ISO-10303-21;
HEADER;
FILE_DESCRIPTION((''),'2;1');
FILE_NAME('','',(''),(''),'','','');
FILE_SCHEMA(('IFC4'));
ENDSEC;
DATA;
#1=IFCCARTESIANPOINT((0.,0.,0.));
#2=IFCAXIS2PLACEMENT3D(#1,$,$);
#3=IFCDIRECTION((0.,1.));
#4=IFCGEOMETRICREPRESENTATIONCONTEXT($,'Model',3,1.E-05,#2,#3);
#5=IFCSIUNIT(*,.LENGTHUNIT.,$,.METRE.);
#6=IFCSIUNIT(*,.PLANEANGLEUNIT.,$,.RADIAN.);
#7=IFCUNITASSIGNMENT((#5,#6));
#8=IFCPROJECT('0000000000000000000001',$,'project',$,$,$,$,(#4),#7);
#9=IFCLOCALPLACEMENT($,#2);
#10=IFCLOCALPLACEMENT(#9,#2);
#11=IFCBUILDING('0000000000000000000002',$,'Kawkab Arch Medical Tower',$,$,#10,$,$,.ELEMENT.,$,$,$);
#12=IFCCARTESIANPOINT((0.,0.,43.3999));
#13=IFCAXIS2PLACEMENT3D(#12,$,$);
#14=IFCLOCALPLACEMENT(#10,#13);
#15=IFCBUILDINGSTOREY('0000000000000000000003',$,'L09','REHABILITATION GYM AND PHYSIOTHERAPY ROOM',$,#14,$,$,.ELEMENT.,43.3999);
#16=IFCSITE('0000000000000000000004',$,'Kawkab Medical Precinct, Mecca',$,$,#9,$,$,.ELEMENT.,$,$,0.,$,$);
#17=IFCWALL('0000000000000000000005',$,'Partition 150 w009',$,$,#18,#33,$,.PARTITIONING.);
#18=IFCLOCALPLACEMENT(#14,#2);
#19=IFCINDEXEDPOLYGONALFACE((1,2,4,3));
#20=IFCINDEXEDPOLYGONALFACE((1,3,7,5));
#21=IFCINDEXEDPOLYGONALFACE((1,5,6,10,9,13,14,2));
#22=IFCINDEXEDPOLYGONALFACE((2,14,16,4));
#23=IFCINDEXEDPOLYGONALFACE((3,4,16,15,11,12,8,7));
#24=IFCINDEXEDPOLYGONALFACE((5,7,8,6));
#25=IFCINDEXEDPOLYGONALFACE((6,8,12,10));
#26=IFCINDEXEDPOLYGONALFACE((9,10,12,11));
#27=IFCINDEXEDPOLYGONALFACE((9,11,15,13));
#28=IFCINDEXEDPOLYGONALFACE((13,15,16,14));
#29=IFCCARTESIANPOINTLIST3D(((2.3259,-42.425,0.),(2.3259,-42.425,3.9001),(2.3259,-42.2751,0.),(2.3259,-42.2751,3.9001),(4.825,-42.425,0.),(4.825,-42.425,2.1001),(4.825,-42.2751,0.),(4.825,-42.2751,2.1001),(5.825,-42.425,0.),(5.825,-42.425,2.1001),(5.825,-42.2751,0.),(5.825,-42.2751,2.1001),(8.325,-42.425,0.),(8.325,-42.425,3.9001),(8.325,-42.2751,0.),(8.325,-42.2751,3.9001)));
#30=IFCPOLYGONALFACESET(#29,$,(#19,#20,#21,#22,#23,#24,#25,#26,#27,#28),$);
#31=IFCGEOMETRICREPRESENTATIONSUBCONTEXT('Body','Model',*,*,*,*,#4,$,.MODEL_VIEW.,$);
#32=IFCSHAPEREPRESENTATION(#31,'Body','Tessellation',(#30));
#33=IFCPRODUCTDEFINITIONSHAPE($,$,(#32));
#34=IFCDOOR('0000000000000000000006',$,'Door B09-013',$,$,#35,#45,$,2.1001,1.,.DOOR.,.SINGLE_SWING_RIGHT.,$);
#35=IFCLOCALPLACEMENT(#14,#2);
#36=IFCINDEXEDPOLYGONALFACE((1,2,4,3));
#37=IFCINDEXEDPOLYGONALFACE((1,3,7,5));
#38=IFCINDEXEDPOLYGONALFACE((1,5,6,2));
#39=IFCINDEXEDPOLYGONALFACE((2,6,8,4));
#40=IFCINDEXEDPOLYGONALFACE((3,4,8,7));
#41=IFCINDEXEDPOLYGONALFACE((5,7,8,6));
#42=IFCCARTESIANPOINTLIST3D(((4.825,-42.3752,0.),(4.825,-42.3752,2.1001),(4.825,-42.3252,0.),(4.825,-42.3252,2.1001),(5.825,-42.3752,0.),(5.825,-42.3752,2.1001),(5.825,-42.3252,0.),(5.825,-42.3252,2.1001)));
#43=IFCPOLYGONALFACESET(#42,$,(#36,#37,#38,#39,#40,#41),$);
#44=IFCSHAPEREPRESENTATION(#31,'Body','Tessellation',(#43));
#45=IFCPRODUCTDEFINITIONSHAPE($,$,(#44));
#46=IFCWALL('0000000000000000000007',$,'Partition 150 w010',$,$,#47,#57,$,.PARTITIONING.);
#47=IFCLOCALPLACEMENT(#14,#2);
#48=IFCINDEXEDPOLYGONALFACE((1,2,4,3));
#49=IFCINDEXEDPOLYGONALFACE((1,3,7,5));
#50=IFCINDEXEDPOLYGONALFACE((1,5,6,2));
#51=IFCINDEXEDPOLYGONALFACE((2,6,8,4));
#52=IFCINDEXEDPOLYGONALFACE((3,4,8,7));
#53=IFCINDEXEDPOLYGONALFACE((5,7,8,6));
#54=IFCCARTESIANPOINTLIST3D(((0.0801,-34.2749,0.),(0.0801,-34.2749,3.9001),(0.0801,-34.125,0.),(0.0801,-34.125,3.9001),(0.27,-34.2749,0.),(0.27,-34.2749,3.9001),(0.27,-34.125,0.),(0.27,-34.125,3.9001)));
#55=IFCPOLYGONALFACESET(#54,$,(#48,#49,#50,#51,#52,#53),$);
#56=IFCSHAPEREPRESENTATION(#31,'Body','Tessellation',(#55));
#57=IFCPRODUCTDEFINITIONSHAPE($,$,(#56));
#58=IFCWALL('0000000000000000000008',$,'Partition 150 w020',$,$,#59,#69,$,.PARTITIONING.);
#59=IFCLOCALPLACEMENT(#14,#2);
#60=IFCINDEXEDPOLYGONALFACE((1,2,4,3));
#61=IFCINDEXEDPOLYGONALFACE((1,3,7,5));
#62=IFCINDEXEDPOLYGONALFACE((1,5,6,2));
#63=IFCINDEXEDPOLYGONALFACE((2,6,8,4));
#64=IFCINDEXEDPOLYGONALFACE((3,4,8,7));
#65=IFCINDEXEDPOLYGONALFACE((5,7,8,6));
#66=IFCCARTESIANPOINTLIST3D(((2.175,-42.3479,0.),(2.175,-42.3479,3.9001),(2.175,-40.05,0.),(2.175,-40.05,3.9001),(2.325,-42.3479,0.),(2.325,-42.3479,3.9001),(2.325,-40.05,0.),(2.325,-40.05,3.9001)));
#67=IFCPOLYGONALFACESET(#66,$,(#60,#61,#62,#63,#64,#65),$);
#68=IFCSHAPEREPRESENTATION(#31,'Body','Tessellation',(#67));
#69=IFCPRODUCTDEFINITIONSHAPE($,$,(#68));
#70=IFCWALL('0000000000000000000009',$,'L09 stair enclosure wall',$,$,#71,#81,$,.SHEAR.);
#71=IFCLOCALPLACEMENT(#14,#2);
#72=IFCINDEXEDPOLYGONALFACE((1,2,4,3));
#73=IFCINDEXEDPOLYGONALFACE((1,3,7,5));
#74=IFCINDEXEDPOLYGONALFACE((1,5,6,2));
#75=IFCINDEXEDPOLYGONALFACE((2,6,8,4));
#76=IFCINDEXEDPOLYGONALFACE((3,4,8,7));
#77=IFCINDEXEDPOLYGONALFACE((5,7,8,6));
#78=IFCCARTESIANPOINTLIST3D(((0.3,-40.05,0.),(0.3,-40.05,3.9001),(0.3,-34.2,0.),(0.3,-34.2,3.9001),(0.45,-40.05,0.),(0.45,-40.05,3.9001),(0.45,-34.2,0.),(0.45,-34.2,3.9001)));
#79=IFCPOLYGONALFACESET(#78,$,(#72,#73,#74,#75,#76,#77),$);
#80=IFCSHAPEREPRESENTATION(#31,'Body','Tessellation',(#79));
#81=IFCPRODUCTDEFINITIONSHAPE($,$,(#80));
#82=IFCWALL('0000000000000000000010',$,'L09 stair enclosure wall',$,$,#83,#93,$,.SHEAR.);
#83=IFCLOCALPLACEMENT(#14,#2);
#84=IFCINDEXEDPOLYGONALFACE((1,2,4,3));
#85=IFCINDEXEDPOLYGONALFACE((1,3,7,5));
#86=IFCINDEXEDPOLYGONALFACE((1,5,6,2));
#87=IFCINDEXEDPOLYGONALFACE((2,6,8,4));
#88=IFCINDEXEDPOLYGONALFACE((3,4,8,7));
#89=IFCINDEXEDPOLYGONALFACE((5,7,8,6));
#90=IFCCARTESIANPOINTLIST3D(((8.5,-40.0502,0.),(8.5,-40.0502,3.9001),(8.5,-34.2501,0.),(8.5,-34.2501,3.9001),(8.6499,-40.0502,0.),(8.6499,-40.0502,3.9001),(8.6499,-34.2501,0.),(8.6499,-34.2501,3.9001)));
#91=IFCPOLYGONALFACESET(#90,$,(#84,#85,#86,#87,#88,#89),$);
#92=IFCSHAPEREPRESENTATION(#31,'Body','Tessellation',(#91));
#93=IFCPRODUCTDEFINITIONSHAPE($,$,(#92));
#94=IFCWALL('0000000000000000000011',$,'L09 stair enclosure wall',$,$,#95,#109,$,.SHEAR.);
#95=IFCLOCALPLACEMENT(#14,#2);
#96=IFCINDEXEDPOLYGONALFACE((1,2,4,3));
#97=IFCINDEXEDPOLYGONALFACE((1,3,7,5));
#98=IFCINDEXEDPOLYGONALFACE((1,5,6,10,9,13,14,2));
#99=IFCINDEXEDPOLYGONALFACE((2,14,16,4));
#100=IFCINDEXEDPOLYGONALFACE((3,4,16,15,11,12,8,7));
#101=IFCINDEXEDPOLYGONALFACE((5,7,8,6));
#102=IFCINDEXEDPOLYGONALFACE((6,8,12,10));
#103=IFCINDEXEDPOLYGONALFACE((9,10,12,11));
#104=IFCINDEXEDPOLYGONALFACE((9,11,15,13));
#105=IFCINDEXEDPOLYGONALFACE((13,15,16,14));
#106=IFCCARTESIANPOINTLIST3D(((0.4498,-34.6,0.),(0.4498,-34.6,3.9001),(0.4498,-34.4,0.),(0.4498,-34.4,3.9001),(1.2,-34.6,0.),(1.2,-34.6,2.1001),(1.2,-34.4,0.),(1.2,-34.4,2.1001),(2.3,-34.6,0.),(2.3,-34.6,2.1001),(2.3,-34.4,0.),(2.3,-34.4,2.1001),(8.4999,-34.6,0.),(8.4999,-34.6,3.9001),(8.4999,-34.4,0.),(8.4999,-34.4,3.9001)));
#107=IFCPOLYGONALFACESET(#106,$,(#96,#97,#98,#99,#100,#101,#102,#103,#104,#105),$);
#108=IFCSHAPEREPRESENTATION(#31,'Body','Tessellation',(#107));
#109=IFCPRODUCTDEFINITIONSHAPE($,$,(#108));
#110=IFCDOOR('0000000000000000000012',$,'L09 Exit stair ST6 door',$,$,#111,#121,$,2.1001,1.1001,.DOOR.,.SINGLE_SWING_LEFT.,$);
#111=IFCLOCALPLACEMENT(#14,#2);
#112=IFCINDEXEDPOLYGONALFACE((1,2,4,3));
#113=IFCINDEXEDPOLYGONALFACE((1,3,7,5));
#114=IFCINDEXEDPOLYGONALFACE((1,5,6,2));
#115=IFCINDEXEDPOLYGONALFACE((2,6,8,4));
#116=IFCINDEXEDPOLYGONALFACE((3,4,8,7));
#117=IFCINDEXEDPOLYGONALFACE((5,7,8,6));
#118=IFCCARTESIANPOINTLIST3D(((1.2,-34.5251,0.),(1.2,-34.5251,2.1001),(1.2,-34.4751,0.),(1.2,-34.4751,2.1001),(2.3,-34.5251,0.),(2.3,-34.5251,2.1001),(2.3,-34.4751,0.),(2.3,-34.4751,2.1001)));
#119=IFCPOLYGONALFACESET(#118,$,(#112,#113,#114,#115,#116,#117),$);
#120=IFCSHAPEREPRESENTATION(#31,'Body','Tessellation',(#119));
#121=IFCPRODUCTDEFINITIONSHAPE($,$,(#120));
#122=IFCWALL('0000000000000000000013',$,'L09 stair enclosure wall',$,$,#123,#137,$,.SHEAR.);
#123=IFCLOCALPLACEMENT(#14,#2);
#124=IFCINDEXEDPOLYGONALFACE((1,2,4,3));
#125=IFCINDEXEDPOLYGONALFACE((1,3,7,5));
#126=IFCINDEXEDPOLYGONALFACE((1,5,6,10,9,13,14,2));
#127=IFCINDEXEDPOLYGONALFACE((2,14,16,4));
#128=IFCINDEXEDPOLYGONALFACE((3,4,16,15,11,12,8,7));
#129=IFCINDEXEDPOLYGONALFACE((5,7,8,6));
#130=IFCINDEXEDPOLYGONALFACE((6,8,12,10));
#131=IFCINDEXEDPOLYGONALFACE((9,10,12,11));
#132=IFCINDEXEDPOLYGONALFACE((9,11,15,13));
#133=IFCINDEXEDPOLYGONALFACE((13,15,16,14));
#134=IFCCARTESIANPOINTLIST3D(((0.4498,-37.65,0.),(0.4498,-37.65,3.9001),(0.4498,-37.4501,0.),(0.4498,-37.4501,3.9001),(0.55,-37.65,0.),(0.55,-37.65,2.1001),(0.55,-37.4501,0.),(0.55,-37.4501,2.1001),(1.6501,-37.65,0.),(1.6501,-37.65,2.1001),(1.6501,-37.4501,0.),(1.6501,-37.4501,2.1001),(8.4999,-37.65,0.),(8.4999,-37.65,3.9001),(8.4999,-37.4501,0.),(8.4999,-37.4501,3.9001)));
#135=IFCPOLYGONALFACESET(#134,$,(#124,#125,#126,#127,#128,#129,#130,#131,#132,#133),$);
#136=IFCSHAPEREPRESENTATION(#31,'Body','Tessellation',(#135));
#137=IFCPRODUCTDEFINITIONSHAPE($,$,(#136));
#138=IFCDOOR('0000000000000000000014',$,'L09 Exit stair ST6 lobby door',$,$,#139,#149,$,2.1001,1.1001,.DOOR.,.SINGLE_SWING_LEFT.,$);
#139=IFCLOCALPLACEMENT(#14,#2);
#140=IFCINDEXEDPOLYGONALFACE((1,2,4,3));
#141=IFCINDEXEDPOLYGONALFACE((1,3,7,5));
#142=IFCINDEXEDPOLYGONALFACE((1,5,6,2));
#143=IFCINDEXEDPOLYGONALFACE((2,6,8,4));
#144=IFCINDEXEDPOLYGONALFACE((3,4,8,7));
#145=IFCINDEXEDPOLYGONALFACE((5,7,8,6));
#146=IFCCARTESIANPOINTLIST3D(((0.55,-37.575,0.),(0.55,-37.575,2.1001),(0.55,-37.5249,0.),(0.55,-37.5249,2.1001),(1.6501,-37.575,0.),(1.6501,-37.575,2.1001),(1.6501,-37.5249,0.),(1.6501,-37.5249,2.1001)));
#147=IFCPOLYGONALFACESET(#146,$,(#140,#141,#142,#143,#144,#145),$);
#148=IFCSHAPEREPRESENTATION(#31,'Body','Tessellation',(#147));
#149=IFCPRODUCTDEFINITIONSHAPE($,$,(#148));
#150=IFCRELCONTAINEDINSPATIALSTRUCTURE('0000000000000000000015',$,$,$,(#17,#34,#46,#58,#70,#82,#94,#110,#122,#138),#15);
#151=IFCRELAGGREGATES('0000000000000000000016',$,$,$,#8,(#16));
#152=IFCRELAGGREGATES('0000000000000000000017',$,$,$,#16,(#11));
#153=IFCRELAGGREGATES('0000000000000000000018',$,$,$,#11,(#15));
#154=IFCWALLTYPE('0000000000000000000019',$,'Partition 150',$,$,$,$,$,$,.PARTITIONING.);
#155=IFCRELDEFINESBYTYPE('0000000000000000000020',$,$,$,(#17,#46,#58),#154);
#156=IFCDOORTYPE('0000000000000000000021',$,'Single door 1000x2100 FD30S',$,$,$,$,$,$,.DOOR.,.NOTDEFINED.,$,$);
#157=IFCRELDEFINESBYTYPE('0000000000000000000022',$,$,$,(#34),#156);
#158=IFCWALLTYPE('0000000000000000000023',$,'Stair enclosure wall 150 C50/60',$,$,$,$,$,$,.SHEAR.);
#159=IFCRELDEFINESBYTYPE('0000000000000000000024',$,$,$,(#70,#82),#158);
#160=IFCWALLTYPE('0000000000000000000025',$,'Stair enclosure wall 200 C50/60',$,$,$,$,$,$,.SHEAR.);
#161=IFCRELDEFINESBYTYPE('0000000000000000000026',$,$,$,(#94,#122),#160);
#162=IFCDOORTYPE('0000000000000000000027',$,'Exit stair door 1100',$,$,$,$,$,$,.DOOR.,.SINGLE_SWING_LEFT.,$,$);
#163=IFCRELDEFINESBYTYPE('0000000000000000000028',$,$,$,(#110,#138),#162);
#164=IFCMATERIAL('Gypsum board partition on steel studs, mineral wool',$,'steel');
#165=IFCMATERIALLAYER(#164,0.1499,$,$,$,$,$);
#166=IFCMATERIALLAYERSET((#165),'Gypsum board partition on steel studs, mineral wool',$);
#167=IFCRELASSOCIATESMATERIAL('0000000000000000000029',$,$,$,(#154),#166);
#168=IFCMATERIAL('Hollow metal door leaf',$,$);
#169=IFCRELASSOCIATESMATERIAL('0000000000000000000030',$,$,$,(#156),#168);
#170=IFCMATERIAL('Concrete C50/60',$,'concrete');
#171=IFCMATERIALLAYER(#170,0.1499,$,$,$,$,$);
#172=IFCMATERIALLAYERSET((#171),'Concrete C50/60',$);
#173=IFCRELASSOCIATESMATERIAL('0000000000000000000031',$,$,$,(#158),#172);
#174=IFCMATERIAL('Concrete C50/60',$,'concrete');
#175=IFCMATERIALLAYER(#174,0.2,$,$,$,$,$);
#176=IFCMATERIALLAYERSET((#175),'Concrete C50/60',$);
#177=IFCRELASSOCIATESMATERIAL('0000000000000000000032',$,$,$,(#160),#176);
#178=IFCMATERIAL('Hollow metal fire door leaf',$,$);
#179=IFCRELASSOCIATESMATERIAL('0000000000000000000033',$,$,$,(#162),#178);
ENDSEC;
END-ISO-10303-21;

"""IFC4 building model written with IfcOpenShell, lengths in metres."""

from ifc_helpers import new_model, si_unit, direction, frame, frame_2d, origin, place, context, subcontext, project, spatial, rectangle, extrude, material, layer, layer_set, type_object, element, fill, save


model = new_model("IFC4")

# Units and contexts
model_context = context("Model", 3, precision=1e-05, world=origin(), true_north=direction((0.0, 1.0)))
body_context = subcontext(model_context, "Body", "Model", "MODEL_VIEW")
ifc_project = project(units=[si_unit("LENGTHUNIT", "METRE"), si_unit("PLANEANGLEUNIT", "RADIAN")], contexts=[model_context])

# Site, building, storey
site_placement = place(None, origin())
site = spatial("IfcSite", under=ifc_project, at=site_placement, Name="Kawkab Medical Precinct, Mecca", CompositionType="ELEMENT", RefElevation=0.0)
building_placement = place(site_placement, origin())
building = spatial("IfcBuilding", under=site, at=building_placement, Name="Kawkab Arch Medical Tower", CompositionType="ELEMENT")
storey_placement = place(building_placement, frame((0.0, 0.0, 43.3999)))
storey = spatial("IfcBuildingStorey", under=building, at=storey_placement, Name="L09", Description="REHABILITATION GYM AND PHYSIOTHERAPY ROOM", CompositionType="ELEMENT", Elevation=43.3999)

# Wall, opening, door
ifc_material_1 = material(Name="Gypsum board partition on steel studs, mineral wool", Category="steel")
ifc_layer_1 = layer(ifc_material_1, 0.1499)
ifc_layer_set_1 = layer_set([ifc_layer_1], Name="Gypsum board partition on steel studs, mineral wool")
wall_type_1 = type_object("IfcWallType", Name="Partition 150", PredefinedType="PARTITIONING", material=ifc_layer_set_1)
wall_1_placement = place(storey_placement, frame((2.3259, -42.3501, 0.0), z_axis=(0.0, 0.0, 1.0), x_axis=(1.0, 0.0, 0.0)))
wall_1 = element("IfcWall", 1, at=wall_1_placement, inside=storey, type_object=wall_type_1, Name="Partition 150 w009", PredefinedType="PARTITIONING", context=body_context, shape_type="SweptSolid", body=[
    extrude(rectangle(XDim=5.999, YDim=0.1499, at=frame_2d((2.9995, 0.0))), origin(), (0.0, 0.0, 1.0), 3.9001),
])
opening_1_placement = place(wall_1_placement, frame((2.499, 0.0, 0.0)))
opening_1 = element("IfcOpeningElement", 2, at=opening_1_placement, cuts=wall_1, PredefinedType="OPENING", context=body_context, shape_type="SweptSolid", body=[
    extrude(rectangle(XDim=1.0, YDim=2.1001, at=frame_2d((0.5, 1.05))), frame((0.0, 0.085, 0.0), z_axis=(0.0, -1.0, 0.0), x_axis=(1.0, 0.0, 0.0)), (0.0, 0.0, 1.0), 0.1699),
])
ifc_material_2 = material(Name="Hollow metal door leaf")
door_type_1 = type_object("IfcDoorType", Name="Single door 1000x2100 FD30S", OperationType="NOTDEFINED", PredefinedType="DOOR", material=ifc_material_2)
door_1_placement = place(opening_1_placement, origin())
door_1 = element("IfcDoor", 3, at=door_1_placement, inside=storey, type_object=door_type_1, Name="Door B09-013", OperationType="SINGLE_SWING_RIGHT", OverallHeight=2.1001, OverallWidth=1.0, PredefinedType="DOOR", context=body_context, shape_type="SweptSolid", body=[
    extrude(rectangle(XDim=1.0, YDim=2.1001, at=frame_2d((0.5, 1.05))), frame((0.0, 0.0249, 0.0), z_axis=(0.0, -1.0, 0.0), x_axis=(1.0, 0.0, 0.0)), (0.0, 0.0, 1.0), 0.05),
])
fill(opening_1, door_1)

# Walls
wall_2_placement = place(storey_placement, frame((0.0801, -34.2, 0.0), z_axis=(0.0, 0.0, 1.0), x_axis=(1.0, 0.0, 0.0)))
element("IfcWall", 4, at=wall_2_placement, inside=storey, type_object=wall_type_1, Name="Partition 150 w010", PredefinedType="PARTITIONING", context=body_context, shape_type="SweptSolid", body=[
    extrude(rectangle(XDim=0.1899, YDim=0.1499, at=frame_2d((0.095, 0.0))), origin(), (0.0, 0.0, 1.0), 3.9001),
])
wall_3_placement = place(storey_placement, frame((2.25, -42.3479, 0.0), z_axis=(0.0, 0.0, 1.0), x_axis=(0.0, 1.0, 0.0)))
element("IfcWall", 5, at=wall_3_placement, inside=storey, type_object=wall_type_1, Name="Partition 150 w020", PredefinedType="PARTITIONING", context=body_context, shape_type="SweptSolid", body=[
    extrude(rectangle(XDim=2.2979, YDim=0.1499, at=frame_2d((1.1489, 0.0))), origin(), (0.0, 0.0, 1.0), 3.9001),
])
ifc_material_3 = material(Name="Concrete C50/60", Category="concrete")
ifc_layer_2 = layer(ifc_material_3, 0.1499)
ifc_layer_set_2 = layer_set([ifc_layer_2], Name="Concrete C50/60")
wall_type_2 = type_object("IfcWallType", Name="Stair enclosure wall 150 C50/60", PredefinedType="SHEAR", material=ifc_layer_set_2)
wall_4_placement = place(storey_placement, frame((0.375, -40.05, 0.0), z_axis=(0.0, 0.0, 1.0), x_axis=(0.0, 1.0, 0.0)))
element("IfcWall", 6, at=wall_4_placement, inside=storey, type_object=wall_type_2, Name="L09 stair enclosure wall", PredefinedType="SHEAR", context=body_context, shape_type="SweptSolid", body=[
    extrude(rectangle(XDim=5.8501, YDim=0.1499, at=frame_2d((2.925, 0.0))), origin(), (0.0, 0.0, 1.0), 3.9001),
])
wall_5_placement = place(storey_placement, frame((8.575, -40.05, 0.0), z_axis=(0.0, 0.0, 1.0), x_axis=(0.0, 1.0, 0.0)))
element("IfcWall", 7, at=wall_5_placement, inside=storey, type_object=wall_type_2, Name="L09 stair enclosure wall", PredefinedType="SHEAR", context=body_context, shape_type="SweptSolid", body=[
    extrude(rectangle(XDim=5.8, YDim=0.1499, at=frame_2d((2.8999, 0.0))), origin(), (0.0, 0.0, 1.0), 3.9001),
])

# Walls, openings, doors
ifc_material_4 = material(Name="Concrete C50/60", Category="concrete")
ifc_layer_3 = layer(ifc_material_4, 0.2)
ifc_layer_set_3 = layer_set([ifc_layer_3], Name="Concrete C50/60")
wall_type_3 = type_object("IfcWallType", Name="Stair enclosure wall 200 C50/60", PredefinedType="SHEAR", material=ifc_layer_set_3)
wall_6_placement = place(storey_placement, frame((0.45, -34.5, 0.0), z_axis=(0.0, 0.0, 1.0), x_axis=(1.0, 0.0, 0.0)))
wall_6 = element("IfcWall", 8, at=wall_6_placement, inside=storey, type_object=wall_type_3, Name="L09 stair enclosure wall", PredefinedType="SHEAR", context=body_context, shape_type="SweptSolid", body=[
    extrude(rectangle(XDim=8.05, YDim=0.2, at=frame_2d((4.0249, 0.0))), origin(), (0.0, 0.0, 1.0), 3.9001),
])
opening_2_placement = place(wall_6_placement, frame((0.75, 0.0, 0.0)))
opening_2 = element("IfcOpeningElement", 9, at=opening_2_placement, cuts=wall_6, PredefinedType="OPENING", context=body_context, shape_type="SweptSolid", body=[
    extrude(rectangle(XDim=1.1001, YDim=2.1001, at=frame_2d((0.55, 1.05))), frame((0.0, 0.1099, 0.0), z_axis=(0.0, -1.0, 0.0), x_axis=(1.0, 0.0, 0.0)), (0.0, 0.0, 1.0), 0.22),
])
ifc_material_5 = material(Name="Hollow metal fire door leaf")
door_type_2 = type_object("IfcDoorType", Name="Exit stair door 1100", OperationType="SINGLE_SWING_LEFT", PredefinedType="DOOR", material=ifc_material_5)
door_2_placement = place(opening_2_placement, origin())
door_2 = element("IfcDoor", 10, at=door_2_placement, inside=storey, type_object=door_type_2, Name="L09 Exit stair ST6 door", OperationType="SINGLE_SWING_LEFT", OverallHeight=2.1001, OverallWidth=1.1001, PredefinedType="DOOR", context=body_context, shape_type="SweptSolid", body=[
    extrude(rectangle(XDim=1.1001, YDim=2.1001, at=frame_2d((0.55, 1.05))), frame((0.0, 0.0249, 0.0), z_axis=(0.0, -1.0, 0.0), x_axis=(1.0, 0.0, 0.0)), (0.0, 0.0, 1.0), 0.05),
])
fill(opening_2, door_2)
wall_7_placement = place(storey_placement, frame((0.45, -37.55, 0.0), z_axis=(0.0, 0.0, 1.0), x_axis=(1.0, 0.0, 0.0)))
wall_7 = element("IfcWall", 11, at=wall_7_placement, inside=storey, type_object=wall_type_3, Name="L09 stair enclosure wall", PredefinedType="SHEAR", context=body_context, shape_type="SweptSolid", body=[
    extrude(rectangle(XDim=8.05, YDim=0.2, at=frame_2d((4.0249, 0.0))), origin(), (0.0, 0.0, 1.0), 3.9001),
])
opening_3_placement = place(wall_7_placement, frame((0.1001, 0.0, 0.0)))
opening_3 = element("IfcOpeningElement", 12, at=opening_3_placement, cuts=wall_7, PredefinedType="OPENING", context=body_context, shape_type="SweptSolid", body=[
    extrude(rectangle(XDim=1.1001, YDim=2.1001, at=frame_2d((0.55, 1.05))), frame((0.0, 0.1099, 0.0), z_axis=(0.0, -1.0, 0.0), x_axis=(1.0, 0.0, 0.0)), (0.0, 0.0, 1.0), 0.22),
])
door_3_placement = place(opening_3_placement, frame((1.1001, 0.0, 0.0), z_axis=(0.0, 0.0, 1.0), x_axis=(-1.0, 0.0, 0.0)))
door_3 = element("IfcDoor", 13, at=door_3_placement, inside=storey, type_object=door_type_2, Name="L09 Exit stair ST6 lobby door", OperationType="SINGLE_SWING_LEFT", OverallHeight=2.1001, OverallWidth=1.1001, PredefinedType="DOOR", context=body_context, shape_type="SweptSolid", body=[
    extrude(rectangle(XDim=1.1001, YDim=2.1001, at=frame_2d((0.55, 1.05))), frame((0.0, 0.0249, 0.0), z_axis=(0.0, -1.0, 0.0), x_axis=(1.0, 0.0, 0.0)), (0.0, 0.0, 1.0), 0.05),
])
fill(opening_3, door_3)

save(model, "model.ifc")
